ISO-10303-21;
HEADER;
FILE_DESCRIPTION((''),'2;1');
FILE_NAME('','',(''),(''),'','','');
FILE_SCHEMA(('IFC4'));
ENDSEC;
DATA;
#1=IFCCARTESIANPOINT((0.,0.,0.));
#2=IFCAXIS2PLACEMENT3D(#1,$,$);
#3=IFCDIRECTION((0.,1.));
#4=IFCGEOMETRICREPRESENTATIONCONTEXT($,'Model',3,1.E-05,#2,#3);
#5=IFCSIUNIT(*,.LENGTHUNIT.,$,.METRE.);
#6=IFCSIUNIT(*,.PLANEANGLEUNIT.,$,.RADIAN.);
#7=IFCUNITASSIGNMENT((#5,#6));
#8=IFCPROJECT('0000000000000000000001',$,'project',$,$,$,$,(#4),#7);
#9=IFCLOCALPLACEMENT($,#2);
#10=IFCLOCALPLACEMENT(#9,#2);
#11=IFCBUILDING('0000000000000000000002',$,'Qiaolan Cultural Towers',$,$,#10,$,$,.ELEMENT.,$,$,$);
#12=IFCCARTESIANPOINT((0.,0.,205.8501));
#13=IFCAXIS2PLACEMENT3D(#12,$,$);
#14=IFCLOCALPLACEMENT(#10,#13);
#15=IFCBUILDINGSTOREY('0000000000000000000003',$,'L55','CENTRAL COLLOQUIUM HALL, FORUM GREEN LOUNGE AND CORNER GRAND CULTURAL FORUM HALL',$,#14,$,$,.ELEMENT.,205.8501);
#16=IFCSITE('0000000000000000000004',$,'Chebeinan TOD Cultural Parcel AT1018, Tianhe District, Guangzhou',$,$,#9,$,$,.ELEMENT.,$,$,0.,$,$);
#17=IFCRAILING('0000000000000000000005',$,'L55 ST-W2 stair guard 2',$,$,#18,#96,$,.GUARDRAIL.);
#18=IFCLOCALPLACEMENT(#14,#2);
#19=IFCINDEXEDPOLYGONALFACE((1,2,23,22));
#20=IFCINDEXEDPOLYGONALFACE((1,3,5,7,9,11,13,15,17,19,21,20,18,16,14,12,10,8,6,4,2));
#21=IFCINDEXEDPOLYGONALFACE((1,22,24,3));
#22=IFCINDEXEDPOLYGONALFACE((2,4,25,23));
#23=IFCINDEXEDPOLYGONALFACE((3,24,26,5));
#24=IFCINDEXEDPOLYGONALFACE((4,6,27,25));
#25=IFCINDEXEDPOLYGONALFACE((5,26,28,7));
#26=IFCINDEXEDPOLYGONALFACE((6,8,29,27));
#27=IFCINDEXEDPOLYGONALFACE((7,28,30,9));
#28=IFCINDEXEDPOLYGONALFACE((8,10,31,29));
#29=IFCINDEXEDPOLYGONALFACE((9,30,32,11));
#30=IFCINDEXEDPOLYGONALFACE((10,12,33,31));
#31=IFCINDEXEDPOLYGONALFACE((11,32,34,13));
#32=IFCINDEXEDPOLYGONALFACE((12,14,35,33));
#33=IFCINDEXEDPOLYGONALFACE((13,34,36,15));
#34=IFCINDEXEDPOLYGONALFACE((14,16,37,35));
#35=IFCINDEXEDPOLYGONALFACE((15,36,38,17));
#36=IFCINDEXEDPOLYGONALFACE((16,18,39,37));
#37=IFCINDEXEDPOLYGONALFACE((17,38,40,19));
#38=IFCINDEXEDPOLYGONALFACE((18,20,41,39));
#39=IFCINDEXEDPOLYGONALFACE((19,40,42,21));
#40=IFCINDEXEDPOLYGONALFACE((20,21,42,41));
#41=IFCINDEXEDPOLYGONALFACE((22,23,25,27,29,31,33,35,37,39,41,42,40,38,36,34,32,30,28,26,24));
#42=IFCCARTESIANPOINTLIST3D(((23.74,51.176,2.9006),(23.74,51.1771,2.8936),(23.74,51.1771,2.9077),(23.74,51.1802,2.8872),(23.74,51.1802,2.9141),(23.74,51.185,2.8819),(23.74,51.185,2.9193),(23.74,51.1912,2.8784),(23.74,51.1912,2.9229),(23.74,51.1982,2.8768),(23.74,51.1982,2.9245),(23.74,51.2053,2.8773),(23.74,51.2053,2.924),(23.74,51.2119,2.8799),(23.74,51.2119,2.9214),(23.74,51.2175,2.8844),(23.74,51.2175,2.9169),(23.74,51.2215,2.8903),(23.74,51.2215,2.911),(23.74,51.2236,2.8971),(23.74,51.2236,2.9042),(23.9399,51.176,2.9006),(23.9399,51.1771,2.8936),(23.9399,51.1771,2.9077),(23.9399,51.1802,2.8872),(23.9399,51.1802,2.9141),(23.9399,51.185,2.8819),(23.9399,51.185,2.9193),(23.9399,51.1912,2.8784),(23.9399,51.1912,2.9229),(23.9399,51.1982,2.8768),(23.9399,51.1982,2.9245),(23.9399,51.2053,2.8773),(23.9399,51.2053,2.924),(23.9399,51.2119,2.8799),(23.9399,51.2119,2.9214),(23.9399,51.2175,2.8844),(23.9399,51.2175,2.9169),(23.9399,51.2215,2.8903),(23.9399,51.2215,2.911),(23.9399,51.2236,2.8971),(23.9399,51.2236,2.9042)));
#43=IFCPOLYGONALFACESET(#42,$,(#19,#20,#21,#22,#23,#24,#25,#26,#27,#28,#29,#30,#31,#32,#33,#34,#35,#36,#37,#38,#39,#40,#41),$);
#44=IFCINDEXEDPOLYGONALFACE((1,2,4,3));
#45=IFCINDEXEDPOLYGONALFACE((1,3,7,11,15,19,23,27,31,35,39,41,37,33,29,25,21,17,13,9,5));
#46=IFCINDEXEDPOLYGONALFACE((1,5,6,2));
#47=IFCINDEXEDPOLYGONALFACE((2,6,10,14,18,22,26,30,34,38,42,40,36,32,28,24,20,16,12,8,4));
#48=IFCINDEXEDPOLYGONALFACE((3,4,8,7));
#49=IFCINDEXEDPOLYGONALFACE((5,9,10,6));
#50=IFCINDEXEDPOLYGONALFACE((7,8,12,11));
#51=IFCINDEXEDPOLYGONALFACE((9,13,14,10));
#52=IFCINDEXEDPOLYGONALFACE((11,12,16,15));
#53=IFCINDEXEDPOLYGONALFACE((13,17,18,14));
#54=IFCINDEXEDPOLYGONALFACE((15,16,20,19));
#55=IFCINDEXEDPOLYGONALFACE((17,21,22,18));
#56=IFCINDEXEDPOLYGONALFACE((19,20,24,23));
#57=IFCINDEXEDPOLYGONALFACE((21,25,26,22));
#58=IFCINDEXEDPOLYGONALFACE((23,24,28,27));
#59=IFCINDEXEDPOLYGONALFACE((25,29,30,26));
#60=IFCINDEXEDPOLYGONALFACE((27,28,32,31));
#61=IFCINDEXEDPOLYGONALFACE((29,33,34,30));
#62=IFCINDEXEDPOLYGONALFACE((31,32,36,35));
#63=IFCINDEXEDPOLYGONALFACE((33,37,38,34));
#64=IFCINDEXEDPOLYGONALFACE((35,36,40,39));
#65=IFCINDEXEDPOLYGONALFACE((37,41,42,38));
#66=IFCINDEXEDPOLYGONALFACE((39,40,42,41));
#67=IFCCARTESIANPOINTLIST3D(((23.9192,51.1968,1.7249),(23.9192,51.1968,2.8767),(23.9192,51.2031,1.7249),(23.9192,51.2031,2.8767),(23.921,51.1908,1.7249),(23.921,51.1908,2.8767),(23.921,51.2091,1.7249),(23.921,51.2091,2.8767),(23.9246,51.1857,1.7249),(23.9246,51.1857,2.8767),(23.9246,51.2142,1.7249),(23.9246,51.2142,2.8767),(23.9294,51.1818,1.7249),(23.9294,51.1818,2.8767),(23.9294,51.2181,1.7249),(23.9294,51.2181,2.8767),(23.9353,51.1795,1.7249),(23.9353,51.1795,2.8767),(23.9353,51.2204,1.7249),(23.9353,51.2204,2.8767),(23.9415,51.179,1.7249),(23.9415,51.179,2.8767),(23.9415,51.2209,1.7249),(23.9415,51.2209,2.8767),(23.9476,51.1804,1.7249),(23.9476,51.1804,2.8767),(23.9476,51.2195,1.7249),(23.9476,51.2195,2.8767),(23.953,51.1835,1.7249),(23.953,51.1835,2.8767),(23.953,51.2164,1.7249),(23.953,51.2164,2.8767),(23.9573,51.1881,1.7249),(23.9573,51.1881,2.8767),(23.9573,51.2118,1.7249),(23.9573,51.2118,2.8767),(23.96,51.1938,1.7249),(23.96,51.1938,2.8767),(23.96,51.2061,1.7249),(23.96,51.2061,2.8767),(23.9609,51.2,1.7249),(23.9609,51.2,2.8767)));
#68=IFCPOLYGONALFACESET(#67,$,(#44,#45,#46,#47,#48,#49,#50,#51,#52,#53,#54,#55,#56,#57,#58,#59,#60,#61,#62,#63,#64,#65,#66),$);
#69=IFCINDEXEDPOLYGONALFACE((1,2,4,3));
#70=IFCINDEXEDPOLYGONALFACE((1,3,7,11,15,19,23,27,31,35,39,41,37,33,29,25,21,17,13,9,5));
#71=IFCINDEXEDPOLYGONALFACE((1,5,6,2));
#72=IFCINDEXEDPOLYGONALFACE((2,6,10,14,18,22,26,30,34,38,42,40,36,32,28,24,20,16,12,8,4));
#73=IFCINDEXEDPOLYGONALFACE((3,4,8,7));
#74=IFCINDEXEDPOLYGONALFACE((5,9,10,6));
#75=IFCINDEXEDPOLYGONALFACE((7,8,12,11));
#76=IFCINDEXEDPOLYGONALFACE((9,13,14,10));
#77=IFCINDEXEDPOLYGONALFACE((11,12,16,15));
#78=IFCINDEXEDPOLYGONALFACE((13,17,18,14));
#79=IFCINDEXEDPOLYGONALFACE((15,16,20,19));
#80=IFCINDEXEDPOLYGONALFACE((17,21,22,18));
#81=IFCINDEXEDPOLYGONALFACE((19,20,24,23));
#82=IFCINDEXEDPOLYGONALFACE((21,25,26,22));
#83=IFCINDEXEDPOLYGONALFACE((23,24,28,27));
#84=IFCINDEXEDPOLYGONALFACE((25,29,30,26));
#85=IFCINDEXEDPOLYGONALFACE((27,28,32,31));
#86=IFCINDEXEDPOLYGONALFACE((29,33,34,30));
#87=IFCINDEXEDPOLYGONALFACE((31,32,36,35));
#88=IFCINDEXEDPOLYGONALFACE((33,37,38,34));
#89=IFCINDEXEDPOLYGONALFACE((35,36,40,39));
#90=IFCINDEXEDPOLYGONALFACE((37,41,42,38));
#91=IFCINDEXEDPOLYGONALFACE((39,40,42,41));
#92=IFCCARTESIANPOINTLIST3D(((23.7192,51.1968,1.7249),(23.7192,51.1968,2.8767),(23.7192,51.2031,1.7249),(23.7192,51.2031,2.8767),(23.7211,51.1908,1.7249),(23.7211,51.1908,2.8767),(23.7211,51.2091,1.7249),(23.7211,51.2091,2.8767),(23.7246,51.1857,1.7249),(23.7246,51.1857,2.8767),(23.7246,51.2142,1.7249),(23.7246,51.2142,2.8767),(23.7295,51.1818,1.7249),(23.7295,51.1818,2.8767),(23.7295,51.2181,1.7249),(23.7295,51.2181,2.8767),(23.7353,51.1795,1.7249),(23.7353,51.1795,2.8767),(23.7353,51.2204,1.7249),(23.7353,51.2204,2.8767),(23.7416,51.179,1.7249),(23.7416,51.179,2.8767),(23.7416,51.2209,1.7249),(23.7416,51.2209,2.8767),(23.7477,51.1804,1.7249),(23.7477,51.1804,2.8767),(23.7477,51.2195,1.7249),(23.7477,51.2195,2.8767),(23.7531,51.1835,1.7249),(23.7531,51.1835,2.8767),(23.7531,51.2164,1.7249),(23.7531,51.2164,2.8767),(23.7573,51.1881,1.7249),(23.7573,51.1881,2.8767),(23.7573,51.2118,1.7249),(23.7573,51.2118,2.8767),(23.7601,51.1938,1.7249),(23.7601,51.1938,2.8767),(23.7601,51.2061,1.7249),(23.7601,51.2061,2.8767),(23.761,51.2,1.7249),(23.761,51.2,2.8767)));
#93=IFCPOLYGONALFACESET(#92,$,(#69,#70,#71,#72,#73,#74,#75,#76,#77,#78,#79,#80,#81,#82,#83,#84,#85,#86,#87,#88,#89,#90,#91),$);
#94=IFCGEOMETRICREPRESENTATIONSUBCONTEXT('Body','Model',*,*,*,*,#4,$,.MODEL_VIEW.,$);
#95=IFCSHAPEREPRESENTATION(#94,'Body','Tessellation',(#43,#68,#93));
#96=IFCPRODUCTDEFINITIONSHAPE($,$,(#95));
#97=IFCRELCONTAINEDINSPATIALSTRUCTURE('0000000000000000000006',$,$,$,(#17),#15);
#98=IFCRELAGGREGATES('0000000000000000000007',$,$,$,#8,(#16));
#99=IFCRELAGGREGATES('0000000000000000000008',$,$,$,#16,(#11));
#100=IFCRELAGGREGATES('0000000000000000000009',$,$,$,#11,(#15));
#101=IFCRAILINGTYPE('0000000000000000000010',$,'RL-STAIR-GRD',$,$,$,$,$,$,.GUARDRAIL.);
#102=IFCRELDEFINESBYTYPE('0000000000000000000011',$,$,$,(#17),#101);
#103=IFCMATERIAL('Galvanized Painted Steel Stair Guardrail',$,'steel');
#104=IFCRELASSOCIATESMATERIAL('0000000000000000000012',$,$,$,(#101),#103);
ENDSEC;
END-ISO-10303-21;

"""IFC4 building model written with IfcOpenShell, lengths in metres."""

from ifc_helpers import new_model, si_unit, direction, frame, origin, origin_2d, place, context, subcontext, project, spatial, circle, extrude, material, type_object, element, save


model = new_model("IFC4")

# Units and contexts
model_context = context("Model", 3, precision=1e-05, world=origin(), true_north=direction((0.0, 1.0)))
body_context = subcontext(model_context, "Body", "Model", "MODEL_VIEW")
ifc_project = project(units=[si_unit("LENGTHUNIT", "METRE"), si_unit("PLANEANGLEUNIT", "RADIAN")], contexts=[model_context])

# Site, building, storey
site_placement = place(None, origin())
site = spatial("IfcSite", under=ifc_project, at=site_placement, Name="Chebeinan TOD Cultural Parcel AT1018, Tianhe District, Guangzhou", CompositionType="ELEMENT", RefElevation=0.0)
building_placement = place(site_placement, origin())
building = spatial("IfcBuilding", under=site, at=building_placement, Name="Qiaolan Cultural Towers", CompositionType="ELEMENT")
storey_placement = place(building_placement, frame((0.0, 0.0, 205.8501)))
storey = spatial("IfcBuildingStorey", under=building, at=storey_placement, Name="L55", Description="CENTRAL COLLOQUIUM HALL, FORUM GREEN LOUNGE AND CORNER GRAND CULTURAL FORUM HALL", CompositionType="ELEMENT", Elevation=205.8501)

# Railing
ifc_material_1 = material(Name="Galvanized Painted Steel Stair Guardrail", Category="steel")
railing_type_1 = type_object("IfcRailingType", Name="RL-STAIR-GRD", PredefinedType="GUARDRAIL", material=ifc_material_1)
railing_1_placement = place(storey_placement, frame((23.9399, 51.2, 1.7249)))
element("IfcRailing", 1, at=railing_1_placement, inside=storey, type_object=railing_type_1, Name="L55 ST-W2 stair guard 2", PredefinedType="GUARDRAIL", context=body_context, shape_type="SweptSolid", body=[
    extrude(circle(Radius=0.0239, at=origin_2d()), frame((0.0, 0.0, 1.1758), z_axis=(-1.0, 0.0, 0.0), x_axis=(0.0, -1.0, 0.0)), (0.0, 0.0, 1.0), 0.2),
    extrude(circle(Radius=0.021, at=origin_2d()), origin(), (0.0, 0.0, 1.0), 1.1519),
    extrude(circle(Radius=0.021, at=origin_2d()), frame((-0.2, 0.0, 0.0)), (0.0, 0.0, 1.0), 1.1519),
])

save(model, "model.ifc")
